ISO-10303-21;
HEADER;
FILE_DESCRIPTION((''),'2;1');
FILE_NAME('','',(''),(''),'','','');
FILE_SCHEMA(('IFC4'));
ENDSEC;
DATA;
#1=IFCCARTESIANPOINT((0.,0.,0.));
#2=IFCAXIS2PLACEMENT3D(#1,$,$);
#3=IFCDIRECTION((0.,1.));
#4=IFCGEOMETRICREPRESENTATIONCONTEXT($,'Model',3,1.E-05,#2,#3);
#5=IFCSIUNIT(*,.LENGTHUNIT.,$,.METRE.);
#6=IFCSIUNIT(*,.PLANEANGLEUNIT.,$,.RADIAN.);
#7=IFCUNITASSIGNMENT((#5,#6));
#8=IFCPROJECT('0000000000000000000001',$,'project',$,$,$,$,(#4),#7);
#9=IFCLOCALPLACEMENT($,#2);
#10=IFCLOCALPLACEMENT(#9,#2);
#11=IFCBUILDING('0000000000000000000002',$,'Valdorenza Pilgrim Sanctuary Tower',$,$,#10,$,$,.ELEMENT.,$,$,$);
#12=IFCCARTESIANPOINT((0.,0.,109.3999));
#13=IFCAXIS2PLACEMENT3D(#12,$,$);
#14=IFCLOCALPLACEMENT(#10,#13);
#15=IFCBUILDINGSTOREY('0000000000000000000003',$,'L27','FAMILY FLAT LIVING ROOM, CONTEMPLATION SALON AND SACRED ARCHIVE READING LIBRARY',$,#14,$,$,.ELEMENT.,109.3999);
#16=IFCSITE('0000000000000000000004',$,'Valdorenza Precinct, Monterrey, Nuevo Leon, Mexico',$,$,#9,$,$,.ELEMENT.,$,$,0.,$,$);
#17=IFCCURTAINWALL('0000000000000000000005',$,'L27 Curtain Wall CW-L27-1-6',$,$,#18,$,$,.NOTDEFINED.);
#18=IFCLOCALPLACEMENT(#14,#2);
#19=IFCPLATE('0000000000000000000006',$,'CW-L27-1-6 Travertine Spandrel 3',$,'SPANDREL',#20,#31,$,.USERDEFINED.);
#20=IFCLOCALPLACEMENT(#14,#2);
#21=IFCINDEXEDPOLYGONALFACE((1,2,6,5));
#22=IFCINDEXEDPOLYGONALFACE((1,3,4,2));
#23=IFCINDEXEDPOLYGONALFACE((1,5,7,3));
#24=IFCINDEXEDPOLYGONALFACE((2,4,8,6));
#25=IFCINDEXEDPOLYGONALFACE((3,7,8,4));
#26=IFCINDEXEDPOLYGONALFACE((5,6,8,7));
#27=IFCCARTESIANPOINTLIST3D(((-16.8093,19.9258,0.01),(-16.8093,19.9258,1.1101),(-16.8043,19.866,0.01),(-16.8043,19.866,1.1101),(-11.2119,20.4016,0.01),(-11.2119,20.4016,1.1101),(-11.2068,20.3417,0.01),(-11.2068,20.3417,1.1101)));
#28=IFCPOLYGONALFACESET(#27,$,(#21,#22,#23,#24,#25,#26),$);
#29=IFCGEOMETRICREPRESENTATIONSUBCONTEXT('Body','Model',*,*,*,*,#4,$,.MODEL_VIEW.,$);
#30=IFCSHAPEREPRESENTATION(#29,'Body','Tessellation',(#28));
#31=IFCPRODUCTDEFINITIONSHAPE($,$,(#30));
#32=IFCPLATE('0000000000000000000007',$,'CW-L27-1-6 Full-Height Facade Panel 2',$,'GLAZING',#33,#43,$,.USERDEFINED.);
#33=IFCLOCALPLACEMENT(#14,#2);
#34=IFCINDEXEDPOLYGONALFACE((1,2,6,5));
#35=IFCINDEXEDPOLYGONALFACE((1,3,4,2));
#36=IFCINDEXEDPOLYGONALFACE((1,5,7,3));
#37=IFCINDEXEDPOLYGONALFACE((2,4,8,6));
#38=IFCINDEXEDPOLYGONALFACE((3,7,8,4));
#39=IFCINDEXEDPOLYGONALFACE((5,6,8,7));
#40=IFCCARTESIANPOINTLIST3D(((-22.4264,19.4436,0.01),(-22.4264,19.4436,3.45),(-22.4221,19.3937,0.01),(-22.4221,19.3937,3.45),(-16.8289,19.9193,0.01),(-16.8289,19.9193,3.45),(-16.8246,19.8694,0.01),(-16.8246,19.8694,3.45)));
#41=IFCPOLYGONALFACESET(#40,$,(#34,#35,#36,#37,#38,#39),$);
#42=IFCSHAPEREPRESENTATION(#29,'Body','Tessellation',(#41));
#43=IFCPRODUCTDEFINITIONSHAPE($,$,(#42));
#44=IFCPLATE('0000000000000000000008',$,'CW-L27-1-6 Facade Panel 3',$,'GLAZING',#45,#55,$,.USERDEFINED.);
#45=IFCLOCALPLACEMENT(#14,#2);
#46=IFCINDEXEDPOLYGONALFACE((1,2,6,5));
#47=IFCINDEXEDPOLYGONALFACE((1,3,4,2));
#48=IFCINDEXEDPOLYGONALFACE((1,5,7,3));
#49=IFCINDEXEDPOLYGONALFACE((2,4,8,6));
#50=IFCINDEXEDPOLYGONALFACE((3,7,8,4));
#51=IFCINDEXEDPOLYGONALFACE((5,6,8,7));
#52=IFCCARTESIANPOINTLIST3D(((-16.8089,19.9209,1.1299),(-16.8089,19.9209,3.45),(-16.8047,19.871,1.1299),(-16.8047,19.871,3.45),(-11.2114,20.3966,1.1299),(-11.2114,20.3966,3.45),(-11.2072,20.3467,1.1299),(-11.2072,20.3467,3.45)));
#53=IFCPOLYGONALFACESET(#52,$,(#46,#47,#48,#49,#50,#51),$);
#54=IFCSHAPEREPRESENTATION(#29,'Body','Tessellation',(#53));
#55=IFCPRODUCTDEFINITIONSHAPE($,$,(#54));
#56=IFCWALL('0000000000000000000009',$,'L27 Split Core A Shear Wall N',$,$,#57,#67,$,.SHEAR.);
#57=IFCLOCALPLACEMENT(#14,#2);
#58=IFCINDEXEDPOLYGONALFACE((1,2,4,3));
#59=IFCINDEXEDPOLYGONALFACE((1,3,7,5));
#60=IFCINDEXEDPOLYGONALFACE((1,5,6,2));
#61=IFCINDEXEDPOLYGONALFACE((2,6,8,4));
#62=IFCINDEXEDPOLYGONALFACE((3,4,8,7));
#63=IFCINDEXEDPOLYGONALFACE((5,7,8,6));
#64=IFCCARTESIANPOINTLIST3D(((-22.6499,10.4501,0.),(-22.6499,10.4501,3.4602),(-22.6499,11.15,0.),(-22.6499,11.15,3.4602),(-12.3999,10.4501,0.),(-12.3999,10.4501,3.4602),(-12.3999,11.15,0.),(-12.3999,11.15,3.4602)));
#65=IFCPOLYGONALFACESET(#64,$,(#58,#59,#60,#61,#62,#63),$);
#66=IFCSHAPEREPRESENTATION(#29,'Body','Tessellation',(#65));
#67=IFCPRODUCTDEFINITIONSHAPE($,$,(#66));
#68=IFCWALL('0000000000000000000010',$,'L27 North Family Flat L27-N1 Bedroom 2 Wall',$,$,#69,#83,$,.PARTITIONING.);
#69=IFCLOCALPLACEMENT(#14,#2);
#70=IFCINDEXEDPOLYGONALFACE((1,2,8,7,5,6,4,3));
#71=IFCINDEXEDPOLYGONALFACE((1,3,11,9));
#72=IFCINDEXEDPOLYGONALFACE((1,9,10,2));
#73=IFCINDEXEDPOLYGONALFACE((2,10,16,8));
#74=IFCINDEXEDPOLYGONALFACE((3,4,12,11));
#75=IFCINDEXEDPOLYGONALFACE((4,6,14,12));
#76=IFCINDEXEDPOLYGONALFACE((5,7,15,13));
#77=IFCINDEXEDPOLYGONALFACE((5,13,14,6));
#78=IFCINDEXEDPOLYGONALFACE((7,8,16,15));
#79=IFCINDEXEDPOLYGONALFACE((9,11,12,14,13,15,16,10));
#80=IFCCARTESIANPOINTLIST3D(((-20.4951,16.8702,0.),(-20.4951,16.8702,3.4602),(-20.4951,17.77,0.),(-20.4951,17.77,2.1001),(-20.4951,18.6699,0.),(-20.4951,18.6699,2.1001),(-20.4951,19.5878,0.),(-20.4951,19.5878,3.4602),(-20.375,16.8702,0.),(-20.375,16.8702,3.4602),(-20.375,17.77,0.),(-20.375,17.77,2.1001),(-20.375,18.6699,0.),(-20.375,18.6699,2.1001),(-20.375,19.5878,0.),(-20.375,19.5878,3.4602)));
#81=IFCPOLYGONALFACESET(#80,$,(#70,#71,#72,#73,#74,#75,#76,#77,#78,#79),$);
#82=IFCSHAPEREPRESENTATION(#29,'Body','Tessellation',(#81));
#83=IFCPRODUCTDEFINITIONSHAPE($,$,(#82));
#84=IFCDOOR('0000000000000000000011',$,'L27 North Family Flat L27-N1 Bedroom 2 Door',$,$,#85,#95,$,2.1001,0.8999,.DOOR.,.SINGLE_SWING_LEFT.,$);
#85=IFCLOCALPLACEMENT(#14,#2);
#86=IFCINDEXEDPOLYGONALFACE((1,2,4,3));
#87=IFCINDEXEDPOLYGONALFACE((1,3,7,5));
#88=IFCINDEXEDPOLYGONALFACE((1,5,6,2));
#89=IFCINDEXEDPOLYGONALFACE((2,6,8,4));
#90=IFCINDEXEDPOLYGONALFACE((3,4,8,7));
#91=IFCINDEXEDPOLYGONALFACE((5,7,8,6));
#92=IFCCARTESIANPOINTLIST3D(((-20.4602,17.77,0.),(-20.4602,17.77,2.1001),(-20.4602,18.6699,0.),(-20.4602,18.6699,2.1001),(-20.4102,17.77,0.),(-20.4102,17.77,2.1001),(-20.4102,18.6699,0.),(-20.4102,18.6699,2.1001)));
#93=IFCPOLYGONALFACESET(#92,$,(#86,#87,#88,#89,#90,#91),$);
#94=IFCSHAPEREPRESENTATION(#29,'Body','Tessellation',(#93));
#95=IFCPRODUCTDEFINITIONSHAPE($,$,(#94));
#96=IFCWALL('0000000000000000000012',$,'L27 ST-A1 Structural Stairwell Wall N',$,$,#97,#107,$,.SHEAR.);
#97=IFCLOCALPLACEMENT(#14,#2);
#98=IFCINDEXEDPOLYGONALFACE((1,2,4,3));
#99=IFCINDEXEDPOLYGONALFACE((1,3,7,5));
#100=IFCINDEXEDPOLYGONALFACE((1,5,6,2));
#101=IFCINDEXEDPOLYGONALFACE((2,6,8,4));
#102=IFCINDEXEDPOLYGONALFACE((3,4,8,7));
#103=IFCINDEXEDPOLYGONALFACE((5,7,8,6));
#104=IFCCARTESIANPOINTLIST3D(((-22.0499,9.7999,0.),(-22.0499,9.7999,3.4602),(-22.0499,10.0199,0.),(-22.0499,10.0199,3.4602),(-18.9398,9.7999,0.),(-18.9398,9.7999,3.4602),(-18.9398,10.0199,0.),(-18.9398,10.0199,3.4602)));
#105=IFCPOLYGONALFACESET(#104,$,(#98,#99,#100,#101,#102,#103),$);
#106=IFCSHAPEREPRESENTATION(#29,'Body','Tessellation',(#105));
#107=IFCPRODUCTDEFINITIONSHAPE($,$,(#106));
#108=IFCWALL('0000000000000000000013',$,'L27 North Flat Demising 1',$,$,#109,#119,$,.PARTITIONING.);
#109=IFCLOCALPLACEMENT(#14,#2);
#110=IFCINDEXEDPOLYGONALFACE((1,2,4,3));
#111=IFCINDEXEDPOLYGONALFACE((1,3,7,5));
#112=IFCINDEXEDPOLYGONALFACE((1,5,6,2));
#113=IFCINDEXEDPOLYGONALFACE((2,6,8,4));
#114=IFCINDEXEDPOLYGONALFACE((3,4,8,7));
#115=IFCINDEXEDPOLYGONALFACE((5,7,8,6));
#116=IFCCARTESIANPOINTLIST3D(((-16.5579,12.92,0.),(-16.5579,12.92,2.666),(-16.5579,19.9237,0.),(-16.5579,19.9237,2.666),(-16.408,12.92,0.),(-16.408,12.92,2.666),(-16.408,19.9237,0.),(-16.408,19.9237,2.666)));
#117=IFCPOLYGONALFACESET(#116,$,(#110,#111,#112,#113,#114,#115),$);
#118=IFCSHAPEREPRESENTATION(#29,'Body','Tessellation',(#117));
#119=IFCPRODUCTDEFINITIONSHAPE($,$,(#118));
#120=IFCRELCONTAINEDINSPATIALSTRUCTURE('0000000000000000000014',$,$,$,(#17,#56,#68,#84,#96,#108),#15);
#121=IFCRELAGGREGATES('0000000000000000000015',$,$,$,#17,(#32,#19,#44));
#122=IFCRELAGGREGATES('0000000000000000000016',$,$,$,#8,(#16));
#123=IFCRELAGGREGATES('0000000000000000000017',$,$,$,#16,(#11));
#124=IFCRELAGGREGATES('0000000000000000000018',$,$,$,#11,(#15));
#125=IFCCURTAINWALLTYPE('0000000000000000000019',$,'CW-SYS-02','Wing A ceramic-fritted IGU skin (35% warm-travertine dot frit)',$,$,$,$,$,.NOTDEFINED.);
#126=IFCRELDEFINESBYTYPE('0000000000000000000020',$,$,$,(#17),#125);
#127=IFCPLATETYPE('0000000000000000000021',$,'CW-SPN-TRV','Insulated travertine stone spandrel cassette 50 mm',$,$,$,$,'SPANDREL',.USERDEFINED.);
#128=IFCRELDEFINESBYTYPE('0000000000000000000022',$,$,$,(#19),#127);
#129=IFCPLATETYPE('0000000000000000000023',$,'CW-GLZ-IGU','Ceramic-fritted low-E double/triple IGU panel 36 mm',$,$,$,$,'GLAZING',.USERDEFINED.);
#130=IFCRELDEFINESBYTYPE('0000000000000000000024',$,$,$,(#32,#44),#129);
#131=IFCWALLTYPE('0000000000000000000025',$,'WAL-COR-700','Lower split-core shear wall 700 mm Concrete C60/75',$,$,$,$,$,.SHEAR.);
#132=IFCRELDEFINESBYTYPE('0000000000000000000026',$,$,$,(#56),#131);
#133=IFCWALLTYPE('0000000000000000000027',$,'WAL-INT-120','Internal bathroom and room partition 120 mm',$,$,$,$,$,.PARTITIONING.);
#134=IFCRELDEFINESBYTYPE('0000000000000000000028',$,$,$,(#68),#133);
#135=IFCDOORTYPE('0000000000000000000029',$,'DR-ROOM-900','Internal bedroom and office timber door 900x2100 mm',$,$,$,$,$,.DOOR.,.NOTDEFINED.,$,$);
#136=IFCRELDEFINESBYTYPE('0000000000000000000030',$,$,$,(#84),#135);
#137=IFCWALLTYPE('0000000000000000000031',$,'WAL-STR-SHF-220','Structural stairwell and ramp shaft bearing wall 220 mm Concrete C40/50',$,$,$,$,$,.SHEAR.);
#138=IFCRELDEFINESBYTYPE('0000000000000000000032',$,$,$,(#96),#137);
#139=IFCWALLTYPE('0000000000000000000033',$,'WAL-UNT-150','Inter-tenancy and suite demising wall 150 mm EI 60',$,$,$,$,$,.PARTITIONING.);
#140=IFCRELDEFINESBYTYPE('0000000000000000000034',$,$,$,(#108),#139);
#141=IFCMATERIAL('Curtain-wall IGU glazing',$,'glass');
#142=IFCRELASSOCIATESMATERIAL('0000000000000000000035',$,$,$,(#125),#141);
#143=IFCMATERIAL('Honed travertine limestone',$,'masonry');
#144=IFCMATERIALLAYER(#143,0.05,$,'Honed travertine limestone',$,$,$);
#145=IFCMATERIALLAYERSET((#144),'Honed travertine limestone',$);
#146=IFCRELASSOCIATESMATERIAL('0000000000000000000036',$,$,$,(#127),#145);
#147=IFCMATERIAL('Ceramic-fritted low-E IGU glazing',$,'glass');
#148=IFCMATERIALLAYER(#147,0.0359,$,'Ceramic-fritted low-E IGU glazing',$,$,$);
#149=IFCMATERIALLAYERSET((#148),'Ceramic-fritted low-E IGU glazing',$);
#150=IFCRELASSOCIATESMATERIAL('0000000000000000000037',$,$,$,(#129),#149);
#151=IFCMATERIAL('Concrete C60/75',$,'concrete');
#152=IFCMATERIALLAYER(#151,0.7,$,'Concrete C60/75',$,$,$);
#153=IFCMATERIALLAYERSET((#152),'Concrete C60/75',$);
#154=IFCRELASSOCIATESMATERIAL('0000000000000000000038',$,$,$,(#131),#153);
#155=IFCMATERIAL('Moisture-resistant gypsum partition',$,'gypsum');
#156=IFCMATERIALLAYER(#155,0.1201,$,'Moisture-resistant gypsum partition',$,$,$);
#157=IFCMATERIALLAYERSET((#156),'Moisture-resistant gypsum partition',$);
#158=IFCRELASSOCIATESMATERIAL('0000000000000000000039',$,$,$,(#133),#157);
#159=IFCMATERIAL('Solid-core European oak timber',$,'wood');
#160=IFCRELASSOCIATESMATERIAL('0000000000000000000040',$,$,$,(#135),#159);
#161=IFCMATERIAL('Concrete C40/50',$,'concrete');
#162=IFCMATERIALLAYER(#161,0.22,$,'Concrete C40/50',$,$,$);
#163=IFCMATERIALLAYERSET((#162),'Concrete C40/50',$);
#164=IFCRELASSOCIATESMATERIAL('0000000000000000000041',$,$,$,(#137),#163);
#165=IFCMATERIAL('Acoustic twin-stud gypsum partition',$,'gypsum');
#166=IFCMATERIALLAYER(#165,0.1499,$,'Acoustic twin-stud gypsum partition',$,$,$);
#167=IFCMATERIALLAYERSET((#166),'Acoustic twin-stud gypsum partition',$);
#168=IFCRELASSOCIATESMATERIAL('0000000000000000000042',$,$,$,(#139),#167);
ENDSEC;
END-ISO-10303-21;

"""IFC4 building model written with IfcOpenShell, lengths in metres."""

from ifc_helpers import new_model, si_unit, direction, frame, frame_2d, origin, origin_2d, place, context, subcontext, project, spatial, rectangle, extrude, source, transform, mapped, material, layer, layer_set, type_object, element, fill, aggregate, save


model = new_model("IFC4")

# Units and contexts
model_context = context("Model", 3, precision=1e-05, world=origin(), true_north=direction((0.0, 1.0)))
body_context = subcontext(model_context, "Body", "Model", "MODEL_VIEW")
ifc_project = project(units=[si_unit("LENGTHUNIT", "METRE"), si_unit("PLANEANGLEUNIT", "RADIAN")], contexts=[model_context])

# Site, building, storey
site_placement = place(None, origin())
site = spatial("IfcSite", under=ifc_project, at=site_placement, Name="Valdorenza Precinct, Monterrey, Nuevo Leon, Mexico", CompositionType="ELEMENT", RefElevation=0.0)
building_placement = place(site_placement, origin())
building = spatial("IfcBuilding", under=site, at=building_placement, Name="Valdorenza Pilgrim Sanctuary Tower", CompositionType="ELEMENT")
storey_placement = place(building_placement, frame((0.0, 0.0, 109.3999)))
storey = spatial("IfcBuildingStorey", under=building, at=storey_placement, Name="L27", Description="FAMILY FLAT LIVING ROOM, CONTEMPLATION SALON AND SACRED ARCHIVE READING LIBRARY", CompositionType="ELEMENT", Elevation=109.3999)

# Shared definitions
ifc_material_1 = material(Name="Concrete C60/75", Category="concrete")

# Curtain wall, plates
ifc_material_2 = material(Name="Curtain-wall IGU glazing", Category="glass")
curtain_wall_type = type_object("IfcCurtainWallType", Name="CW-SYS-02", Description="Wing A ceramic-fritted IGU skin (35% warm-travertine dot frit)", PredefinedType="NOTDEFINED", material=ifc_material_2)
curtain_wall_placement = place(storey_placement, origin())
curtain_wall = element("IfcCurtainWall", 1, at=curtain_wall_placement, inside=storey, type_object=curtain_wall_type, Name="L27 Curtain Wall CW-L27-1-6", PredefinedType="NOTDEFINED")
ifc_material_3 = material(Name="Honed travertine limestone", Category="masonry")
ifc_layer_1 = layer(ifc_material_3, 0.05, Name="Honed travertine limestone")
ifc_layer_set_1 = layer_set([ifc_layer_1], Name="Honed travertine limestone")
plate_type_1 = type_object("IfcPlateType", Name="CW-SPN-TRV", Description="Insulated travertine stone spandrel cassette 50 mm", ElementType="SPANDREL", PredefinedType="USERDEFINED", material=ifc_layer_set_1)
shared_shape_1 = source(origin(), body_context, "Body", "SweptSolid", [
    extrude(rectangle(XDim=5.6177, YDim=0.0601, at=origin_2d()), origin(), (0.0, 0.0, 1.0), 1.1001),
])
plate_1_placement = place(storey_placement, frame((-14.0081, 20.1338, 0.01), z_axis=(0.0, 0.0, 1.0), x_axis=(0.996408, 0.084687, 0.0)))
plate_1 = element("IfcPlate", 2, at=plate_1_placement, type_object=plate_type_1, Name="CW-L27-1-6 Travertine Spandrel 3", ObjectType="SPANDREL", PredefinedType="USERDEFINED", context=body_context, shape_type="MappedRepresentation", body=[
    mapped(shared_shape_1, transform((0.0, 0.0, 0.0), x_axis=(1.0, 0.0, 0.0), y_axis=(0.0, 1.0, 0.0), z_axis=(0.0, 0.0, 1.0), scale=1.0)),
])
ifc_material_4 = material(Name="Ceramic-fritted low-E IGU glazing", Category="glass")
ifc_layer_2 = layer(ifc_material_4, 0.0359, Name="Ceramic-fritted low-E IGU glazing")
ifc_layer_set_2 = layer_set([ifc_layer_2], Name="Ceramic-fritted low-E IGU glazing")
plate_type_2 = type_object("IfcPlateType", Name="CW-GLZ-IGU", Description="Ceramic-fritted low-E double/triple IGU panel 36 mm", ElementType="GLAZING", PredefinedType="USERDEFINED", material=ifc_layer_set_2)
shared_shape_2 = source(origin(), body_context, "Body", "SweptSolid", [
    extrude(rectangle(XDim=5.6177, YDim=0.05, at=origin_2d()), origin(), (0.0, 0.0, 1.0), 3.4399),
])
plate_2_placement = place(storey_placement, frame((-19.6255, 19.6565, 0.01), z_axis=(0.0, 0.0, 1.0), x_axis=(0.996408, 0.084687, 0.0)))
plate_2 = element("IfcPlate", 3, at=plate_2_placement, type_object=plate_type_2, Name="CW-L27-1-6 Full-Height Facade Panel 2", ObjectType="GLAZING", PredefinedType="USERDEFINED", context=body_context, shape_type="MappedRepresentation", body=[
    mapped(shared_shape_2, transform((0.0, 0.0, 0.0), x_axis=(1.0, 0.0, 0.0), y_axis=(0.0, 1.0, 0.0), z_axis=(0.0, 0.0, 1.0), scale=1.0)),
])
shared_shape_3 = source(origin(), body_context, "Body", "SweptSolid", [
    extrude(rectangle(XDim=5.6177, YDim=0.05, at=origin_2d()), origin(), (0.0, 0.0, 1.0), 2.3201),
])
plate_3_placement = place(storey_placement, frame((-14.0081, 20.1338, 1.1299), z_axis=(0.0, 0.0, 1.0), x_axis=(0.996408, 0.084687, 0.0)))
plate_3 = element("IfcPlate", 4, at=plate_3_placement, type_object=plate_type_2, Name="CW-L27-1-6 Facade Panel 3", ObjectType="GLAZING", PredefinedType="USERDEFINED", context=body_context, shape_type="MappedRepresentation", body=[
    mapped(shared_shape_3, transform((0.0, 0.0, 0.0), x_axis=(1.0, 0.0, 0.0), y_axis=(0.0, 1.0, 0.0), z_axis=(0.0, 0.0, 1.0), scale=1.0)),
])
aggregate(curtain_wall, [plate_2, plate_1, plate_3])

# Wall
ifc_layer_3 = layer(ifc_material_1, 0.7, Name="Concrete C60/75")
ifc_layer_set_3 = layer_set([ifc_layer_3], Name="Concrete C60/75")
wall_type_1 = type_object("IfcWallType", Name="WAL-COR-700", Description="Lower split-core shear wall 700 mm Concrete C60/75", PredefinedType="SHEAR", material=ifc_layer_set_3)
wall_1_placement = place(storey_placement, frame((-22.6499, 10.8, 0.0), z_axis=(0.0, 0.0, 1.0), x_axis=(1.0, 0.0, 0.0)))
element("IfcWall", 5, at=wall_1_placement, inside=storey, type_object=wall_type_1, Name="L27 Split Core A Shear Wall N", PredefinedType="SHEAR", context=body_context, shape_type="SweptSolid", body=[
    extrude(rectangle(XDim=10.25, YDim=0.7, at=frame_2d((5.125, 0.0))), origin(), (0.0, 0.0, 1.0), 3.4602),
])

# Wall, opening, door
ifc_material_5 = material(Name="Moisture-resistant gypsum partition", Category="gypsum")
ifc_layer_4 = layer(ifc_material_5, 0.1201, Name="Moisture-resistant gypsum partition")
ifc_layer_set_4 = layer_set([ifc_layer_4], Name="Moisture-resistant gypsum partition")
wall_type_2 = type_object("IfcWallType", Name="WAL-INT-120", Description="Internal bathroom and room partition 120 mm", PredefinedType="PARTITIONING", material=ifc_layer_set_4)
wall_2_placement = place(storey_placement, frame((-20.4351, 16.8701, 0.0), z_axis=(0.0, 0.0, 1.0), x_axis=(0.0, 1.0, 0.0)))
wall_2 = element("IfcWall", 6, at=wall_2_placement, inside=storey, type_object=wall_type_2, Name="L27 North Family Flat L27-N1 Bedroom 2 Wall", PredefinedType="PARTITIONING", context=body_context, shape_type="SweptSolid", body=[
    extrude(rectangle(XDim=2.7175, YDim=0.1201, at=frame_2d((1.3589, 0.0))), origin(), (0.0, 0.0, 1.0), 3.4602),
])
opening_placement = place(wall_2_placement, frame((0.8999, 0.0, 0.0)))
opening = element("IfcOpeningElement", 7, at=opening_placement, cuts=wall_2, PredefinedType="OPENING", context=body_context, shape_type="SweptSolid", body=[
    extrude(rectangle(XDim=0.8999, YDim=2.1001, at=frame_2d((0.45, 1.05))), frame((0.0, 0.075, 0.0), z_axis=(0.0, -1.0, 0.0), x_axis=(1.0, 0.0, 0.0)), (0.0, 0.0, 1.0), 0.1499),
])
ifc_material_6 = material(Name="Solid-core European oak timber", Category="wood")
door_type = type_object("IfcDoorType", Name="DR-ROOM-900", Description="Internal bedroom and office timber door 900x2100 mm", OperationType="NOTDEFINED", PredefinedType="DOOR", material=ifc_material_6)
door_placement = place(opening_placement, frame((0.8999, 0.0, 0.0), z_axis=(0.0, 0.0, 1.0), x_axis=(-1.0, 0.0, 0.0)))
door = element("IfcDoor", 8, at=door_placement, inside=storey, type_object=door_type, Name="L27 North Family Flat L27-N1 Bedroom 2 Door", OperationType="SINGLE_SWING_LEFT", OverallHeight=2.1001, OverallWidth=0.8999, PredefinedType="DOOR", context=body_context, shape_type="SweptSolid", body=[
    extrude(rectangle(XDim=0.8999, YDim=2.1001, at=frame_2d((0.45, 1.05))), frame((0.0, 0.0249, 0.0), z_axis=(0.0, -1.0, 0.0), x_axis=(1.0, 0.0, 0.0)), (0.0, 0.0, 1.0), 0.05),
])
fill(opening, door)

# Walls
ifc_material_7 = material(Name="Concrete C40/50", Category="concrete")
ifc_layer_5 = layer(ifc_material_7, 0.22, Name="Concrete C40/50")
ifc_layer_set_5 = layer_set([ifc_layer_5], Name="Concrete C40/50")
wall_type_3 = type_object("IfcWallType", Name="WAL-STR-SHF-220", Description="Structural stairwell and ramp shaft bearing wall 220 mm Concrete C40/50", PredefinedType="SHEAR", material=ifc_layer_set_5)
wall_3_placement = place(storey_placement, frame((-22.05, 9.9099, 0.0), z_axis=(0.0, 0.0, 1.0), x_axis=(1.0, 0.0, 0.0)))
element("IfcWall", 9, at=wall_3_placement, inside=storey, type_object=wall_type_3, Name="L27 ST-A1 Structural Stairwell Wall N", PredefinedType="SHEAR", context=body_context, shape_type="SweptSolid", body=[
    extrude(rectangle(XDim=3.1101, YDim=0.22, at=frame_2d((1.5552, 0.0))), origin(), (0.0, 0.0, 1.0), 3.4602),
])
ifc_material_8 = material(Name="Acoustic twin-stud gypsum partition", Category="gypsum")
ifc_layer_6 = layer(ifc_material_8, 0.1499, Name="Acoustic twin-stud gypsum partition")
ifc_layer_set_6 = layer_set([ifc_layer_6], Name="Acoustic twin-stud gypsum partition")
wall_type_4 = type_object("IfcWallType", Name="WAL-UNT-150", Description="Inter-tenancy and suite demising wall 150 mm EI 60", PredefinedType="PARTITIONING", material=ifc_layer_set_6)
wall_4_placement = place(storey_placement, frame((-16.4829, 12.9199, 0.0), z_axis=(0.0, 0.0, 1.0), x_axis=(0.0, 1.0, 0.0)))
element("IfcWall", 10, at=wall_4_placement, inside=storey, type_object=wall_type_4, Name="L27 North Flat Demising 1", PredefinedType="PARTITIONING", context=body_context, shape_type="SweptSolid", body=[
    extrude(rectangle(XDim=7.0037, YDim=0.1499, at=frame_2d((3.502, 0.0))), origin(), (0.0, 0.0, 1.0), 2.666),
])

save(model, "model.ifc")
